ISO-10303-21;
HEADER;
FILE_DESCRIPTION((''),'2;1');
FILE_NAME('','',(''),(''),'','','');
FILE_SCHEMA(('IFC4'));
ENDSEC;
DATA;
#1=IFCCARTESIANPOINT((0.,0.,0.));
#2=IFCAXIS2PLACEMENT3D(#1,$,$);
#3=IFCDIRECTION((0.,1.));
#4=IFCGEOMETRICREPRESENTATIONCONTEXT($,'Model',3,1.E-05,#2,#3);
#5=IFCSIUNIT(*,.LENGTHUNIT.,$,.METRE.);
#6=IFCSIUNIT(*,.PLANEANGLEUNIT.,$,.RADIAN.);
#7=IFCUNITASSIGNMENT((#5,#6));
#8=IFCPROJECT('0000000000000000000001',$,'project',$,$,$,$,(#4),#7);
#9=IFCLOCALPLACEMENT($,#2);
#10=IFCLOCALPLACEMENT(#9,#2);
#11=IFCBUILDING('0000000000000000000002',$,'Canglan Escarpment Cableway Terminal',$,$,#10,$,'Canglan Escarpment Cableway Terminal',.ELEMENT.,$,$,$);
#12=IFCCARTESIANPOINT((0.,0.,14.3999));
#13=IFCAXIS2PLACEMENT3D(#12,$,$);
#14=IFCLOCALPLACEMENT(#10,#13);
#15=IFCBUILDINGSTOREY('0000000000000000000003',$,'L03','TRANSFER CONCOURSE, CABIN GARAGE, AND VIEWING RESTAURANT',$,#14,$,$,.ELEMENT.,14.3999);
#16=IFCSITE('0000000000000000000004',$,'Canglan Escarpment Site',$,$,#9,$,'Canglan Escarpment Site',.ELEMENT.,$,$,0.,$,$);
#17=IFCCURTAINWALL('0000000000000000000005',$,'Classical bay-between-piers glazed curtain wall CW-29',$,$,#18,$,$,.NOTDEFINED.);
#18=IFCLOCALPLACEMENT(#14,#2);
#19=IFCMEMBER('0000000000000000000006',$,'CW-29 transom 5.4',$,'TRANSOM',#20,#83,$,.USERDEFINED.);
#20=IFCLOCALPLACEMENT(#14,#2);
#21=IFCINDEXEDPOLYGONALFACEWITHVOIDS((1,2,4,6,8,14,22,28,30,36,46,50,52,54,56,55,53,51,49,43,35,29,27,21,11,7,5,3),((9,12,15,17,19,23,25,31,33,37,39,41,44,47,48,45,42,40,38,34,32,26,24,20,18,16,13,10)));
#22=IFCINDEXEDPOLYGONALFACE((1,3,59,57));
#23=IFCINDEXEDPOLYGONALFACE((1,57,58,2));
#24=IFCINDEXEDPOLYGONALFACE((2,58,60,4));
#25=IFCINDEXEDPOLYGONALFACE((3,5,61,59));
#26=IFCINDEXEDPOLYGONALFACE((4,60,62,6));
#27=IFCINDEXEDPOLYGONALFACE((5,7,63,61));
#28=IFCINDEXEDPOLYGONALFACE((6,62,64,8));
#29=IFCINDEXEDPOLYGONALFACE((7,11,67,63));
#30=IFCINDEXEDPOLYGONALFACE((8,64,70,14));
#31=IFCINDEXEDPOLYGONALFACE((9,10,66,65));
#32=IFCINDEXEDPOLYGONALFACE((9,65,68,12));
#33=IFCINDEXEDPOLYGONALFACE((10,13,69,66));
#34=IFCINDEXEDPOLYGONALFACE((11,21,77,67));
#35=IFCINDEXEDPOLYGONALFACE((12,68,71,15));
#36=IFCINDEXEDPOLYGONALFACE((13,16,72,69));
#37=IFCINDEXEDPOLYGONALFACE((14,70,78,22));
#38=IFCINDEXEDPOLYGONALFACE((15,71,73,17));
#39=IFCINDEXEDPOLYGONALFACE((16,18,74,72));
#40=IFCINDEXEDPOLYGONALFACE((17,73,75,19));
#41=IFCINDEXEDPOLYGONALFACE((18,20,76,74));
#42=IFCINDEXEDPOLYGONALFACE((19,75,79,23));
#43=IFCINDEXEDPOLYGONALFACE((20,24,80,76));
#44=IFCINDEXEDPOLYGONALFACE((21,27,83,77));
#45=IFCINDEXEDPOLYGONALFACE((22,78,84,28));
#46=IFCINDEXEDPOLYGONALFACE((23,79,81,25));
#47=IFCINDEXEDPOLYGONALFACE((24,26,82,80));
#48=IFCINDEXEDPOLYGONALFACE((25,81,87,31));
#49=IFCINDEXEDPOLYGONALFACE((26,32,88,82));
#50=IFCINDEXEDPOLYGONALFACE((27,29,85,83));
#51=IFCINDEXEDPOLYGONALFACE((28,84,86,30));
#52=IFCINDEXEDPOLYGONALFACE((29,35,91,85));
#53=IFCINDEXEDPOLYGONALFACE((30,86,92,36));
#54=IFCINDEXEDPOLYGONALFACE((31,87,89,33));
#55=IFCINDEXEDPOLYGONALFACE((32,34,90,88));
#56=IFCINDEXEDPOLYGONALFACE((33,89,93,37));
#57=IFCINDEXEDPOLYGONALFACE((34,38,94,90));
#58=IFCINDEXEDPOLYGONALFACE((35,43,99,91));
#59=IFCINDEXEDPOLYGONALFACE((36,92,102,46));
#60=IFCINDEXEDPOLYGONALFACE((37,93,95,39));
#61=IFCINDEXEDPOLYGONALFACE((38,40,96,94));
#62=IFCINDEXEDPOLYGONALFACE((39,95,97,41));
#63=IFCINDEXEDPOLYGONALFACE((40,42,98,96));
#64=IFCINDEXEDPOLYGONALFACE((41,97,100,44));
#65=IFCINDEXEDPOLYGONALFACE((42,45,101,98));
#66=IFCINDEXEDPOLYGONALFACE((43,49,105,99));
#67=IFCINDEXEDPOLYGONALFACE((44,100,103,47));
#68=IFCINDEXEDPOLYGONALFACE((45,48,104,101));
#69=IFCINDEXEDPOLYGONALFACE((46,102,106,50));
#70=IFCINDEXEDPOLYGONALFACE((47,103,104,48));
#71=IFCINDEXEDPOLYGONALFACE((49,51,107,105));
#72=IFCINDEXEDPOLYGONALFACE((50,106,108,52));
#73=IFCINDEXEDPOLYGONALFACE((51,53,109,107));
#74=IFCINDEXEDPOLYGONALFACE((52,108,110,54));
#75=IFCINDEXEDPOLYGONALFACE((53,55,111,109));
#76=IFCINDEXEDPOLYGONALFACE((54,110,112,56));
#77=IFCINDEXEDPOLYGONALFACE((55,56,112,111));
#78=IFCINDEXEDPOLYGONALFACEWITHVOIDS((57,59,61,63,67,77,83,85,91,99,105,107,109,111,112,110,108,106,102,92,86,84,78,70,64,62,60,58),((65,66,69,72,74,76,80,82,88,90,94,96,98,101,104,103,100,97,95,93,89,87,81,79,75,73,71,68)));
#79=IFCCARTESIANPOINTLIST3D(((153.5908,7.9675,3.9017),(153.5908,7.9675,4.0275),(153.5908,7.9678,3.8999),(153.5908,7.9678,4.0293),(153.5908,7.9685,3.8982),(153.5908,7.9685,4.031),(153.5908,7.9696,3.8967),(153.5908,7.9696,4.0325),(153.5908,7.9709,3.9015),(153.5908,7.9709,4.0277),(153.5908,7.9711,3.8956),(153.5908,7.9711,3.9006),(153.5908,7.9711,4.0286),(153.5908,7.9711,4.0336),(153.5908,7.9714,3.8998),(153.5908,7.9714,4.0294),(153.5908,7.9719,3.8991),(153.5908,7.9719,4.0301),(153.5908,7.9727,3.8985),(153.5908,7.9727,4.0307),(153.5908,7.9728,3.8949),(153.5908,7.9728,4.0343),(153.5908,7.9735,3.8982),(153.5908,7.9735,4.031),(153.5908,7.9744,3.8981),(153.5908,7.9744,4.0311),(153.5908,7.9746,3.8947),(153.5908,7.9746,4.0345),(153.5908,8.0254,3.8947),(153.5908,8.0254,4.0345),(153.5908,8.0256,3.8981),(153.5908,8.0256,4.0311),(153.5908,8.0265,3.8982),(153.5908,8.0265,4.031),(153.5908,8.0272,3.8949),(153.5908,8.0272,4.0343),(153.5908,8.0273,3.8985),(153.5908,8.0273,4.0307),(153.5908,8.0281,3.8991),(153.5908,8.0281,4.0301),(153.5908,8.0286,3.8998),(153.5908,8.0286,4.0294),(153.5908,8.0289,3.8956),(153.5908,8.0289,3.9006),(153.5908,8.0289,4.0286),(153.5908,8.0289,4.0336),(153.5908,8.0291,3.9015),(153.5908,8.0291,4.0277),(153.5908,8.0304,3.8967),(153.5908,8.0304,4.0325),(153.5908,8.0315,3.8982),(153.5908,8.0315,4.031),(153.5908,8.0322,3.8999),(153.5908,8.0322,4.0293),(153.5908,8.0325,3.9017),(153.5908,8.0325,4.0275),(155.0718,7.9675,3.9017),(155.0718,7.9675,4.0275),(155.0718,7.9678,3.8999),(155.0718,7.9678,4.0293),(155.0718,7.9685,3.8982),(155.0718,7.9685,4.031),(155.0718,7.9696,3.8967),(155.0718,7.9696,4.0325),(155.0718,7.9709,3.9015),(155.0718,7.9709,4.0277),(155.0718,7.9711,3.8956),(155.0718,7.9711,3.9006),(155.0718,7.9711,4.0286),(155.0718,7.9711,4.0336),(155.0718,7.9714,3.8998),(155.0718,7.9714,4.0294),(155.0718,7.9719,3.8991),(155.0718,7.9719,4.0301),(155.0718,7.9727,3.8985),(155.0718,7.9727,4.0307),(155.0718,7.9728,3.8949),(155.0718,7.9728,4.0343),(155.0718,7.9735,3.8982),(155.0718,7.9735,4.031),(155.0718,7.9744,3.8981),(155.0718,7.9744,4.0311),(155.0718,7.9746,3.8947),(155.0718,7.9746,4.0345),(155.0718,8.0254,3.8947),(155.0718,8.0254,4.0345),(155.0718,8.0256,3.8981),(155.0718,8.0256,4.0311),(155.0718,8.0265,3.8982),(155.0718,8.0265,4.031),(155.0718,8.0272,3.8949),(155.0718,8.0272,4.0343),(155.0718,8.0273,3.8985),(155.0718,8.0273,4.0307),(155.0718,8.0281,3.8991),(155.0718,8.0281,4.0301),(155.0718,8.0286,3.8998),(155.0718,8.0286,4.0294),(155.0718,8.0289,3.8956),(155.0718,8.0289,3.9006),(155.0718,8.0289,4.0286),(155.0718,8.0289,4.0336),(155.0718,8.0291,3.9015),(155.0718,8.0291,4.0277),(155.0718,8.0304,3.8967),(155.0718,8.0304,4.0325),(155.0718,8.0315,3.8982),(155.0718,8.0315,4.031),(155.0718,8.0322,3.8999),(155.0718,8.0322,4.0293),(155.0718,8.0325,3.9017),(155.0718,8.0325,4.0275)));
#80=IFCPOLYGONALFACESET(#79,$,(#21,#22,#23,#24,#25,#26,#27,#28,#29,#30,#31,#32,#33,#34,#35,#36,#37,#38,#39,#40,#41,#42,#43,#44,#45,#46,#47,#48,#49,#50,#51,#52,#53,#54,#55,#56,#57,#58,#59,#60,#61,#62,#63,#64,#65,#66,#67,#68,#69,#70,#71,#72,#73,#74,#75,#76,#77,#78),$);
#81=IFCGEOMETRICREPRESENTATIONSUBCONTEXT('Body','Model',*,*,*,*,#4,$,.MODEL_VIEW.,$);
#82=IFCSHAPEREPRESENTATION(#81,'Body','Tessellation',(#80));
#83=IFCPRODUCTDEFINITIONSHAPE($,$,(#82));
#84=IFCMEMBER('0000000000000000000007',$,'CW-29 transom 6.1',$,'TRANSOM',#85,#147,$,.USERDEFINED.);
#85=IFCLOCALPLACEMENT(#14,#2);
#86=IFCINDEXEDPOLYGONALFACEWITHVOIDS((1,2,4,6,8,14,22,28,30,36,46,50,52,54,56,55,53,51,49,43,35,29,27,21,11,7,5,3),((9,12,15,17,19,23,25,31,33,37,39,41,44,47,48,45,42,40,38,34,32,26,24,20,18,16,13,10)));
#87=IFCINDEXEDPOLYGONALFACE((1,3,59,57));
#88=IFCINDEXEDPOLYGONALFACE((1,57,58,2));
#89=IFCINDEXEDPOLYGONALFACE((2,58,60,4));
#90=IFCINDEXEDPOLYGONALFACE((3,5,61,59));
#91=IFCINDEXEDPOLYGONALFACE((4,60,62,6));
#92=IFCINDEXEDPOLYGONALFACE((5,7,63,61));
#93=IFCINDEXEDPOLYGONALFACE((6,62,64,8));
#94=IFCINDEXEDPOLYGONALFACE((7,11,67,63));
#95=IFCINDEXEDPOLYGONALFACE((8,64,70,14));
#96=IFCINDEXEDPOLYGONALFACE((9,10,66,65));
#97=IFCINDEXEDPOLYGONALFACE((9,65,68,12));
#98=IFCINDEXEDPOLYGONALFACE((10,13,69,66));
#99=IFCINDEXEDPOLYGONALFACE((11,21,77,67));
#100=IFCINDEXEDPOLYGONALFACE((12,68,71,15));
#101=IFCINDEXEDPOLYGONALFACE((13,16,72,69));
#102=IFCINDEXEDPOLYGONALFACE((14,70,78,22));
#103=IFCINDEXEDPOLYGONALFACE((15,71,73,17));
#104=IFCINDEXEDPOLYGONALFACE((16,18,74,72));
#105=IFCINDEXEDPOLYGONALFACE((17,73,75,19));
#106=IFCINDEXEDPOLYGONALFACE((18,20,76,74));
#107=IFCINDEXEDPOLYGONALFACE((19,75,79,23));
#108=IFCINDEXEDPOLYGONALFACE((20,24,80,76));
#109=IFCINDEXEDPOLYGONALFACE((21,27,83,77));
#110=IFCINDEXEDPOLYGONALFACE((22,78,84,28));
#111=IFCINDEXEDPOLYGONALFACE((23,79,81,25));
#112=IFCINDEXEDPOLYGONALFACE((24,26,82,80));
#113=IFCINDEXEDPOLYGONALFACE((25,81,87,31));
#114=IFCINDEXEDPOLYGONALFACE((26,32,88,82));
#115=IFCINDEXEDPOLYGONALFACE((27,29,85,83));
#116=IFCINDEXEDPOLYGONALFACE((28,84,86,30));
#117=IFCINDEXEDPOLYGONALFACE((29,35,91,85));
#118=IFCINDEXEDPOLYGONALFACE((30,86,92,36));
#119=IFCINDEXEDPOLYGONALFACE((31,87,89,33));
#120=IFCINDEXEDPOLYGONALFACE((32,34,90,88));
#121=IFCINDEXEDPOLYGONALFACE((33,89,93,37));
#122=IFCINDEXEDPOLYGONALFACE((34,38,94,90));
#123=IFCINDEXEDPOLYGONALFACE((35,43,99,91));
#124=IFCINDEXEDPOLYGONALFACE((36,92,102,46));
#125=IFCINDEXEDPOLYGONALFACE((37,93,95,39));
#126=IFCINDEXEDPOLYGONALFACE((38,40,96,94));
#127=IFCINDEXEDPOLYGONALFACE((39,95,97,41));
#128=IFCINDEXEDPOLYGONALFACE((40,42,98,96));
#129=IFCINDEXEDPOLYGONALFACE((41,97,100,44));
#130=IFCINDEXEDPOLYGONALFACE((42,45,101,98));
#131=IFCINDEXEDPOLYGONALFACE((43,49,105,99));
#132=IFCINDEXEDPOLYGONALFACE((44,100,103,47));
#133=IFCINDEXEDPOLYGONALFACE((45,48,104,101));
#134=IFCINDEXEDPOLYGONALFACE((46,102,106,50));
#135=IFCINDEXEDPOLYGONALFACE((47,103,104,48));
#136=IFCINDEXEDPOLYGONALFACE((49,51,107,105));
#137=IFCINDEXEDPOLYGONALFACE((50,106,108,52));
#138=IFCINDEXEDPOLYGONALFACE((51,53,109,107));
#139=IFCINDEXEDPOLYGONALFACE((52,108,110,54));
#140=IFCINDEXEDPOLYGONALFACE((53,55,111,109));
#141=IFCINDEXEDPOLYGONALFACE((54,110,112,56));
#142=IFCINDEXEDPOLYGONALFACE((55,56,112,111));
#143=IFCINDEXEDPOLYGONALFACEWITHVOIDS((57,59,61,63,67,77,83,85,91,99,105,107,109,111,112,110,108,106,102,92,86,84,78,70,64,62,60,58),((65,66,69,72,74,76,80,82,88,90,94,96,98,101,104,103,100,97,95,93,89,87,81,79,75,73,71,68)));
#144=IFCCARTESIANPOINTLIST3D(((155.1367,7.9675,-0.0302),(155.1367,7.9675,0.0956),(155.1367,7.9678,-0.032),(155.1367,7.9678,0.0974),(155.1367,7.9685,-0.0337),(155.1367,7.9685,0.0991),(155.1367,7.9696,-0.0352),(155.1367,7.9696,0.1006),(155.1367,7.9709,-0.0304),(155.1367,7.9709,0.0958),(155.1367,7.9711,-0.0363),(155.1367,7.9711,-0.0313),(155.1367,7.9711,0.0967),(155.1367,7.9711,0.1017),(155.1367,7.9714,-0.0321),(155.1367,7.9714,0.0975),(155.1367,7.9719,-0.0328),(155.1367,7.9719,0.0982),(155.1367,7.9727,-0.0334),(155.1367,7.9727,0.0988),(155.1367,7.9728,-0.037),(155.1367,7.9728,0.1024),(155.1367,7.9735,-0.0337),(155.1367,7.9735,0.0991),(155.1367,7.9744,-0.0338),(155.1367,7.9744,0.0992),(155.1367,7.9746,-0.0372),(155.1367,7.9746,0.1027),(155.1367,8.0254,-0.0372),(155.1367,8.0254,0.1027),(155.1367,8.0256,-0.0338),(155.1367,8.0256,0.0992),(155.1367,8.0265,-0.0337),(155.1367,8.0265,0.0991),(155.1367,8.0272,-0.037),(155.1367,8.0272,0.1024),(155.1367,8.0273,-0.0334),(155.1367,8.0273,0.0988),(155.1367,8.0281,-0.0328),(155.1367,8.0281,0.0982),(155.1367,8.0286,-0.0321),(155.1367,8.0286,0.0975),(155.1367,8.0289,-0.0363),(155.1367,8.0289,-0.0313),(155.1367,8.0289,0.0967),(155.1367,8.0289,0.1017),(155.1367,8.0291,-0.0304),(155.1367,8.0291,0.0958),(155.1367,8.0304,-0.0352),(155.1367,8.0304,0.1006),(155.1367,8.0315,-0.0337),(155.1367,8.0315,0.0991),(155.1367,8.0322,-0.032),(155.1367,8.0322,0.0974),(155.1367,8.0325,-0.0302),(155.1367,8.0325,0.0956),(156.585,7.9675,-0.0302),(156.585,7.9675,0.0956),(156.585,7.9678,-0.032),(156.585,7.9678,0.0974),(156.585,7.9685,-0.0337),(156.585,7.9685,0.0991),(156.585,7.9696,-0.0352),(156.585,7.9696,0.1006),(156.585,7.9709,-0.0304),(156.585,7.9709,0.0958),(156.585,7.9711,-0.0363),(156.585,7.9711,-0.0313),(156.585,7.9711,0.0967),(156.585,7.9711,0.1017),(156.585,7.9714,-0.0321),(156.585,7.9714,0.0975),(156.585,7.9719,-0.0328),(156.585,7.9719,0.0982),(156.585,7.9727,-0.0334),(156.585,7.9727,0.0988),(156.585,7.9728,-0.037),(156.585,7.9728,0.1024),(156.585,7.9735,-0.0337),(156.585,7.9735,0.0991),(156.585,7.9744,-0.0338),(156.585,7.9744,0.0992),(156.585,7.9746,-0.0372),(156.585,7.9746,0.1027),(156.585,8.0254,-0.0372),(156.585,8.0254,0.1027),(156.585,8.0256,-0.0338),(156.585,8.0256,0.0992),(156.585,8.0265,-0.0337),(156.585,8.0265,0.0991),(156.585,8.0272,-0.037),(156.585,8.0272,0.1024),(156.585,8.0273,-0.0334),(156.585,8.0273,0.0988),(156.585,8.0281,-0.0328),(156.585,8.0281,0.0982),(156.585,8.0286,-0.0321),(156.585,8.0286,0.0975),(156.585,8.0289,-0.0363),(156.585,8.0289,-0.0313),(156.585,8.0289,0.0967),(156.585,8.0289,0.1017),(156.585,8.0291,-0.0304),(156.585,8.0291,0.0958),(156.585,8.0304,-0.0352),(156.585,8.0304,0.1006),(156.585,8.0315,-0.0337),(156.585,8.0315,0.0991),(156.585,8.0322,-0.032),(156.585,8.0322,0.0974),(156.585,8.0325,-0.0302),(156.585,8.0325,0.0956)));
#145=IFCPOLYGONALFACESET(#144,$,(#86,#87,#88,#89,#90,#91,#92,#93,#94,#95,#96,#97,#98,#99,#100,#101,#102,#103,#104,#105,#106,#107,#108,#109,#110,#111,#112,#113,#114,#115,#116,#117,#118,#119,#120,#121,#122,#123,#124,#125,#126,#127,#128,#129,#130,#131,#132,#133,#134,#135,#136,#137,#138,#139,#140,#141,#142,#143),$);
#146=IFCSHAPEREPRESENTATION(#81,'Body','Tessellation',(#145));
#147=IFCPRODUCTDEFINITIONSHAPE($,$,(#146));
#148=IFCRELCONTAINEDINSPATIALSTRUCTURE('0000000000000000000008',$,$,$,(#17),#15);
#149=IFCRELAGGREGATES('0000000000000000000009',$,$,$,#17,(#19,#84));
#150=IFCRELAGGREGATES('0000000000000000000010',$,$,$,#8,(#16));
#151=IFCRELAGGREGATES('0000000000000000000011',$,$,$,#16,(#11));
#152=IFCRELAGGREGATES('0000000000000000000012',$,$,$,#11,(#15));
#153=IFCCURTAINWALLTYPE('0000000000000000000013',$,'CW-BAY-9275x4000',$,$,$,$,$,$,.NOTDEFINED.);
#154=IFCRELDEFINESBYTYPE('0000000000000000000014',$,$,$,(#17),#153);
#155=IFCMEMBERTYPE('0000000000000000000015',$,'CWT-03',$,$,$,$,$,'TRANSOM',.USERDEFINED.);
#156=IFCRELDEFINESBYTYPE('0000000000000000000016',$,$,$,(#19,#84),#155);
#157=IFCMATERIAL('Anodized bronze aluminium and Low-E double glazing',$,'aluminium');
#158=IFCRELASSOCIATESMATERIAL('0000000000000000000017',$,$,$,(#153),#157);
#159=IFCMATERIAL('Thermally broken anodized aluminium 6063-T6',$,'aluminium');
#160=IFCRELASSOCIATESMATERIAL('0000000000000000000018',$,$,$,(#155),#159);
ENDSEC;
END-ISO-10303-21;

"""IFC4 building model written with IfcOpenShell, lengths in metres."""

from ifc_helpers import new_model, si_unit, direction, frame, origin, origin_2d, place, context, subcontext, project, spatial, hollow_rectangle, extrude, material, material_profile, profile_set, type_object, element, aggregate, save


model = new_model("IFC4")

# Units and contexts
model_context = context("Model", 3, precision=1e-05, world=origin(), true_north=direction((0.0, 1.0)))
body_context = subcontext(model_context, "Body", "Model", "MODEL_VIEW")
ifc_project = project(units=[si_unit("LENGTHUNIT", "METRE"), si_unit("PLANEANGLEUNIT", "RADIAN")], contexts=[model_context])

# Site, building, storey
site_placement = place(None, origin())
site = spatial("IfcSite", under=ifc_project, at=site_placement, Name="Canglan Escarpment Site", LongName="Canglan Escarpment Site", CompositionType="ELEMENT", RefElevation=0.0)
building_placement = place(site_placement, origin())
building = spatial("IfcBuilding", under=site, at=building_placement, Name="Canglan Escarpment Cableway Terminal", LongName="Canglan Escarpment Cableway Terminal", CompositionType="ELEMENT")
storey_placement = place(building_placement, frame((0.0, 0.0, 14.3999)))
storey = spatial("IfcBuildingStorey", under=building, at=storey_placement, Name="L03", Description="TRANSFER CONCOURSE, CABIN GARAGE, AND VIEWING RESTAURANT", CompositionType="ELEMENT", Elevation=14.3999)

# Curtain wall, members
ifc_material_1 = material(Name="Anodized bronze aluminium and Low-E double glazing", Category="aluminium")
curtain_wall_type = type_object("IfcCurtainWallType", Name="CW-BAY-9275x4000", PredefinedType="NOTDEFINED", material=ifc_material_1)
curtain_wall_placement = place(storey_placement, origin())
curtain_wall = element("IfcCurtainWall", 1, at=curtain_wall_placement, inside=storey, type_object=curtain_wall_type, Name="Classical bay-between-piers glazed curtain wall CW-29", PredefinedType="NOTDEFINED")
ifc_material_2 = material(Name="Thermally broken anodized aluminium 6063-T6", Category="aluminium")
ifc_material_profile_1 = material_profile(ifc_material_2, hollow_rectangle(XDim=0.0649, YDim=0.1399, WallThickness=0.0034, InnerFilletRadius=0.0034, OuterFilletRadius=0.0071, at=origin_2d()), Name="ALU-TRAN 65x140x3.5")
ifc_profile_set_1 = profile_set([ifc_material_profile_1], Name="Thermally broken anodized aluminium 6063-T6")
member_type_1 = type_object("IfcMemberType", Name="CWT-03", ElementType="TRANSOM", PredefinedType="USERDEFINED", material=ifc_profile_set_1)
member_1_placement = place(storey_placement, frame((153.5908, 8.0, 3.9646), z_axis=(1.0, 0.0, 0.0), x_axis=(0.0, 1.0, 0.0)))
member_1 = element("IfcMember", 2, at=member_1_placement, type_object=member_type_1, Name="CW-29 transom 5.4", ObjectType="TRANSOM", PredefinedType="USERDEFINED", context=body_context, shape_type="SweptSolid", body=[
    extrude(hollow_rectangle(XDim=0.0649, YDim=0.1399, WallThickness=0.0034, InnerFilletRadius=0.0034, OuterFilletRadius=0.0071, at=origin_2d()), origin(), (0.0, 0.0, 1.0), 1.481),
])
member_2_placement = place(storey_placement, frame((155.1367, 8.0, 0.0327), z_axis=(1.0, 0.0, 0.0), x_axis=(0.0, 1.0, 0.0)))
member_2 = element("IfcMember", 3, at=member_2_placement, type_object=member_type_1, Name="CW-29 transom 6.1", ObjectType="TRANSOM", PredefinedType="USERDEFINED", context=body_context, shape_type="SweptSolid", body=[
    extrude(hollow_rectangle(XDim=0.0649, YDim=0.1399, WallThickness=0.0034, InnerFilletRadius=0.0034, OuterFilletRadius=0.0071, at=origin_2d()), origin(), (0.0, 0.0, 1.0), 1.4482),
])
aggregate(curtain_wall, [member_1, member_2])

save(model, "model.ifc")
